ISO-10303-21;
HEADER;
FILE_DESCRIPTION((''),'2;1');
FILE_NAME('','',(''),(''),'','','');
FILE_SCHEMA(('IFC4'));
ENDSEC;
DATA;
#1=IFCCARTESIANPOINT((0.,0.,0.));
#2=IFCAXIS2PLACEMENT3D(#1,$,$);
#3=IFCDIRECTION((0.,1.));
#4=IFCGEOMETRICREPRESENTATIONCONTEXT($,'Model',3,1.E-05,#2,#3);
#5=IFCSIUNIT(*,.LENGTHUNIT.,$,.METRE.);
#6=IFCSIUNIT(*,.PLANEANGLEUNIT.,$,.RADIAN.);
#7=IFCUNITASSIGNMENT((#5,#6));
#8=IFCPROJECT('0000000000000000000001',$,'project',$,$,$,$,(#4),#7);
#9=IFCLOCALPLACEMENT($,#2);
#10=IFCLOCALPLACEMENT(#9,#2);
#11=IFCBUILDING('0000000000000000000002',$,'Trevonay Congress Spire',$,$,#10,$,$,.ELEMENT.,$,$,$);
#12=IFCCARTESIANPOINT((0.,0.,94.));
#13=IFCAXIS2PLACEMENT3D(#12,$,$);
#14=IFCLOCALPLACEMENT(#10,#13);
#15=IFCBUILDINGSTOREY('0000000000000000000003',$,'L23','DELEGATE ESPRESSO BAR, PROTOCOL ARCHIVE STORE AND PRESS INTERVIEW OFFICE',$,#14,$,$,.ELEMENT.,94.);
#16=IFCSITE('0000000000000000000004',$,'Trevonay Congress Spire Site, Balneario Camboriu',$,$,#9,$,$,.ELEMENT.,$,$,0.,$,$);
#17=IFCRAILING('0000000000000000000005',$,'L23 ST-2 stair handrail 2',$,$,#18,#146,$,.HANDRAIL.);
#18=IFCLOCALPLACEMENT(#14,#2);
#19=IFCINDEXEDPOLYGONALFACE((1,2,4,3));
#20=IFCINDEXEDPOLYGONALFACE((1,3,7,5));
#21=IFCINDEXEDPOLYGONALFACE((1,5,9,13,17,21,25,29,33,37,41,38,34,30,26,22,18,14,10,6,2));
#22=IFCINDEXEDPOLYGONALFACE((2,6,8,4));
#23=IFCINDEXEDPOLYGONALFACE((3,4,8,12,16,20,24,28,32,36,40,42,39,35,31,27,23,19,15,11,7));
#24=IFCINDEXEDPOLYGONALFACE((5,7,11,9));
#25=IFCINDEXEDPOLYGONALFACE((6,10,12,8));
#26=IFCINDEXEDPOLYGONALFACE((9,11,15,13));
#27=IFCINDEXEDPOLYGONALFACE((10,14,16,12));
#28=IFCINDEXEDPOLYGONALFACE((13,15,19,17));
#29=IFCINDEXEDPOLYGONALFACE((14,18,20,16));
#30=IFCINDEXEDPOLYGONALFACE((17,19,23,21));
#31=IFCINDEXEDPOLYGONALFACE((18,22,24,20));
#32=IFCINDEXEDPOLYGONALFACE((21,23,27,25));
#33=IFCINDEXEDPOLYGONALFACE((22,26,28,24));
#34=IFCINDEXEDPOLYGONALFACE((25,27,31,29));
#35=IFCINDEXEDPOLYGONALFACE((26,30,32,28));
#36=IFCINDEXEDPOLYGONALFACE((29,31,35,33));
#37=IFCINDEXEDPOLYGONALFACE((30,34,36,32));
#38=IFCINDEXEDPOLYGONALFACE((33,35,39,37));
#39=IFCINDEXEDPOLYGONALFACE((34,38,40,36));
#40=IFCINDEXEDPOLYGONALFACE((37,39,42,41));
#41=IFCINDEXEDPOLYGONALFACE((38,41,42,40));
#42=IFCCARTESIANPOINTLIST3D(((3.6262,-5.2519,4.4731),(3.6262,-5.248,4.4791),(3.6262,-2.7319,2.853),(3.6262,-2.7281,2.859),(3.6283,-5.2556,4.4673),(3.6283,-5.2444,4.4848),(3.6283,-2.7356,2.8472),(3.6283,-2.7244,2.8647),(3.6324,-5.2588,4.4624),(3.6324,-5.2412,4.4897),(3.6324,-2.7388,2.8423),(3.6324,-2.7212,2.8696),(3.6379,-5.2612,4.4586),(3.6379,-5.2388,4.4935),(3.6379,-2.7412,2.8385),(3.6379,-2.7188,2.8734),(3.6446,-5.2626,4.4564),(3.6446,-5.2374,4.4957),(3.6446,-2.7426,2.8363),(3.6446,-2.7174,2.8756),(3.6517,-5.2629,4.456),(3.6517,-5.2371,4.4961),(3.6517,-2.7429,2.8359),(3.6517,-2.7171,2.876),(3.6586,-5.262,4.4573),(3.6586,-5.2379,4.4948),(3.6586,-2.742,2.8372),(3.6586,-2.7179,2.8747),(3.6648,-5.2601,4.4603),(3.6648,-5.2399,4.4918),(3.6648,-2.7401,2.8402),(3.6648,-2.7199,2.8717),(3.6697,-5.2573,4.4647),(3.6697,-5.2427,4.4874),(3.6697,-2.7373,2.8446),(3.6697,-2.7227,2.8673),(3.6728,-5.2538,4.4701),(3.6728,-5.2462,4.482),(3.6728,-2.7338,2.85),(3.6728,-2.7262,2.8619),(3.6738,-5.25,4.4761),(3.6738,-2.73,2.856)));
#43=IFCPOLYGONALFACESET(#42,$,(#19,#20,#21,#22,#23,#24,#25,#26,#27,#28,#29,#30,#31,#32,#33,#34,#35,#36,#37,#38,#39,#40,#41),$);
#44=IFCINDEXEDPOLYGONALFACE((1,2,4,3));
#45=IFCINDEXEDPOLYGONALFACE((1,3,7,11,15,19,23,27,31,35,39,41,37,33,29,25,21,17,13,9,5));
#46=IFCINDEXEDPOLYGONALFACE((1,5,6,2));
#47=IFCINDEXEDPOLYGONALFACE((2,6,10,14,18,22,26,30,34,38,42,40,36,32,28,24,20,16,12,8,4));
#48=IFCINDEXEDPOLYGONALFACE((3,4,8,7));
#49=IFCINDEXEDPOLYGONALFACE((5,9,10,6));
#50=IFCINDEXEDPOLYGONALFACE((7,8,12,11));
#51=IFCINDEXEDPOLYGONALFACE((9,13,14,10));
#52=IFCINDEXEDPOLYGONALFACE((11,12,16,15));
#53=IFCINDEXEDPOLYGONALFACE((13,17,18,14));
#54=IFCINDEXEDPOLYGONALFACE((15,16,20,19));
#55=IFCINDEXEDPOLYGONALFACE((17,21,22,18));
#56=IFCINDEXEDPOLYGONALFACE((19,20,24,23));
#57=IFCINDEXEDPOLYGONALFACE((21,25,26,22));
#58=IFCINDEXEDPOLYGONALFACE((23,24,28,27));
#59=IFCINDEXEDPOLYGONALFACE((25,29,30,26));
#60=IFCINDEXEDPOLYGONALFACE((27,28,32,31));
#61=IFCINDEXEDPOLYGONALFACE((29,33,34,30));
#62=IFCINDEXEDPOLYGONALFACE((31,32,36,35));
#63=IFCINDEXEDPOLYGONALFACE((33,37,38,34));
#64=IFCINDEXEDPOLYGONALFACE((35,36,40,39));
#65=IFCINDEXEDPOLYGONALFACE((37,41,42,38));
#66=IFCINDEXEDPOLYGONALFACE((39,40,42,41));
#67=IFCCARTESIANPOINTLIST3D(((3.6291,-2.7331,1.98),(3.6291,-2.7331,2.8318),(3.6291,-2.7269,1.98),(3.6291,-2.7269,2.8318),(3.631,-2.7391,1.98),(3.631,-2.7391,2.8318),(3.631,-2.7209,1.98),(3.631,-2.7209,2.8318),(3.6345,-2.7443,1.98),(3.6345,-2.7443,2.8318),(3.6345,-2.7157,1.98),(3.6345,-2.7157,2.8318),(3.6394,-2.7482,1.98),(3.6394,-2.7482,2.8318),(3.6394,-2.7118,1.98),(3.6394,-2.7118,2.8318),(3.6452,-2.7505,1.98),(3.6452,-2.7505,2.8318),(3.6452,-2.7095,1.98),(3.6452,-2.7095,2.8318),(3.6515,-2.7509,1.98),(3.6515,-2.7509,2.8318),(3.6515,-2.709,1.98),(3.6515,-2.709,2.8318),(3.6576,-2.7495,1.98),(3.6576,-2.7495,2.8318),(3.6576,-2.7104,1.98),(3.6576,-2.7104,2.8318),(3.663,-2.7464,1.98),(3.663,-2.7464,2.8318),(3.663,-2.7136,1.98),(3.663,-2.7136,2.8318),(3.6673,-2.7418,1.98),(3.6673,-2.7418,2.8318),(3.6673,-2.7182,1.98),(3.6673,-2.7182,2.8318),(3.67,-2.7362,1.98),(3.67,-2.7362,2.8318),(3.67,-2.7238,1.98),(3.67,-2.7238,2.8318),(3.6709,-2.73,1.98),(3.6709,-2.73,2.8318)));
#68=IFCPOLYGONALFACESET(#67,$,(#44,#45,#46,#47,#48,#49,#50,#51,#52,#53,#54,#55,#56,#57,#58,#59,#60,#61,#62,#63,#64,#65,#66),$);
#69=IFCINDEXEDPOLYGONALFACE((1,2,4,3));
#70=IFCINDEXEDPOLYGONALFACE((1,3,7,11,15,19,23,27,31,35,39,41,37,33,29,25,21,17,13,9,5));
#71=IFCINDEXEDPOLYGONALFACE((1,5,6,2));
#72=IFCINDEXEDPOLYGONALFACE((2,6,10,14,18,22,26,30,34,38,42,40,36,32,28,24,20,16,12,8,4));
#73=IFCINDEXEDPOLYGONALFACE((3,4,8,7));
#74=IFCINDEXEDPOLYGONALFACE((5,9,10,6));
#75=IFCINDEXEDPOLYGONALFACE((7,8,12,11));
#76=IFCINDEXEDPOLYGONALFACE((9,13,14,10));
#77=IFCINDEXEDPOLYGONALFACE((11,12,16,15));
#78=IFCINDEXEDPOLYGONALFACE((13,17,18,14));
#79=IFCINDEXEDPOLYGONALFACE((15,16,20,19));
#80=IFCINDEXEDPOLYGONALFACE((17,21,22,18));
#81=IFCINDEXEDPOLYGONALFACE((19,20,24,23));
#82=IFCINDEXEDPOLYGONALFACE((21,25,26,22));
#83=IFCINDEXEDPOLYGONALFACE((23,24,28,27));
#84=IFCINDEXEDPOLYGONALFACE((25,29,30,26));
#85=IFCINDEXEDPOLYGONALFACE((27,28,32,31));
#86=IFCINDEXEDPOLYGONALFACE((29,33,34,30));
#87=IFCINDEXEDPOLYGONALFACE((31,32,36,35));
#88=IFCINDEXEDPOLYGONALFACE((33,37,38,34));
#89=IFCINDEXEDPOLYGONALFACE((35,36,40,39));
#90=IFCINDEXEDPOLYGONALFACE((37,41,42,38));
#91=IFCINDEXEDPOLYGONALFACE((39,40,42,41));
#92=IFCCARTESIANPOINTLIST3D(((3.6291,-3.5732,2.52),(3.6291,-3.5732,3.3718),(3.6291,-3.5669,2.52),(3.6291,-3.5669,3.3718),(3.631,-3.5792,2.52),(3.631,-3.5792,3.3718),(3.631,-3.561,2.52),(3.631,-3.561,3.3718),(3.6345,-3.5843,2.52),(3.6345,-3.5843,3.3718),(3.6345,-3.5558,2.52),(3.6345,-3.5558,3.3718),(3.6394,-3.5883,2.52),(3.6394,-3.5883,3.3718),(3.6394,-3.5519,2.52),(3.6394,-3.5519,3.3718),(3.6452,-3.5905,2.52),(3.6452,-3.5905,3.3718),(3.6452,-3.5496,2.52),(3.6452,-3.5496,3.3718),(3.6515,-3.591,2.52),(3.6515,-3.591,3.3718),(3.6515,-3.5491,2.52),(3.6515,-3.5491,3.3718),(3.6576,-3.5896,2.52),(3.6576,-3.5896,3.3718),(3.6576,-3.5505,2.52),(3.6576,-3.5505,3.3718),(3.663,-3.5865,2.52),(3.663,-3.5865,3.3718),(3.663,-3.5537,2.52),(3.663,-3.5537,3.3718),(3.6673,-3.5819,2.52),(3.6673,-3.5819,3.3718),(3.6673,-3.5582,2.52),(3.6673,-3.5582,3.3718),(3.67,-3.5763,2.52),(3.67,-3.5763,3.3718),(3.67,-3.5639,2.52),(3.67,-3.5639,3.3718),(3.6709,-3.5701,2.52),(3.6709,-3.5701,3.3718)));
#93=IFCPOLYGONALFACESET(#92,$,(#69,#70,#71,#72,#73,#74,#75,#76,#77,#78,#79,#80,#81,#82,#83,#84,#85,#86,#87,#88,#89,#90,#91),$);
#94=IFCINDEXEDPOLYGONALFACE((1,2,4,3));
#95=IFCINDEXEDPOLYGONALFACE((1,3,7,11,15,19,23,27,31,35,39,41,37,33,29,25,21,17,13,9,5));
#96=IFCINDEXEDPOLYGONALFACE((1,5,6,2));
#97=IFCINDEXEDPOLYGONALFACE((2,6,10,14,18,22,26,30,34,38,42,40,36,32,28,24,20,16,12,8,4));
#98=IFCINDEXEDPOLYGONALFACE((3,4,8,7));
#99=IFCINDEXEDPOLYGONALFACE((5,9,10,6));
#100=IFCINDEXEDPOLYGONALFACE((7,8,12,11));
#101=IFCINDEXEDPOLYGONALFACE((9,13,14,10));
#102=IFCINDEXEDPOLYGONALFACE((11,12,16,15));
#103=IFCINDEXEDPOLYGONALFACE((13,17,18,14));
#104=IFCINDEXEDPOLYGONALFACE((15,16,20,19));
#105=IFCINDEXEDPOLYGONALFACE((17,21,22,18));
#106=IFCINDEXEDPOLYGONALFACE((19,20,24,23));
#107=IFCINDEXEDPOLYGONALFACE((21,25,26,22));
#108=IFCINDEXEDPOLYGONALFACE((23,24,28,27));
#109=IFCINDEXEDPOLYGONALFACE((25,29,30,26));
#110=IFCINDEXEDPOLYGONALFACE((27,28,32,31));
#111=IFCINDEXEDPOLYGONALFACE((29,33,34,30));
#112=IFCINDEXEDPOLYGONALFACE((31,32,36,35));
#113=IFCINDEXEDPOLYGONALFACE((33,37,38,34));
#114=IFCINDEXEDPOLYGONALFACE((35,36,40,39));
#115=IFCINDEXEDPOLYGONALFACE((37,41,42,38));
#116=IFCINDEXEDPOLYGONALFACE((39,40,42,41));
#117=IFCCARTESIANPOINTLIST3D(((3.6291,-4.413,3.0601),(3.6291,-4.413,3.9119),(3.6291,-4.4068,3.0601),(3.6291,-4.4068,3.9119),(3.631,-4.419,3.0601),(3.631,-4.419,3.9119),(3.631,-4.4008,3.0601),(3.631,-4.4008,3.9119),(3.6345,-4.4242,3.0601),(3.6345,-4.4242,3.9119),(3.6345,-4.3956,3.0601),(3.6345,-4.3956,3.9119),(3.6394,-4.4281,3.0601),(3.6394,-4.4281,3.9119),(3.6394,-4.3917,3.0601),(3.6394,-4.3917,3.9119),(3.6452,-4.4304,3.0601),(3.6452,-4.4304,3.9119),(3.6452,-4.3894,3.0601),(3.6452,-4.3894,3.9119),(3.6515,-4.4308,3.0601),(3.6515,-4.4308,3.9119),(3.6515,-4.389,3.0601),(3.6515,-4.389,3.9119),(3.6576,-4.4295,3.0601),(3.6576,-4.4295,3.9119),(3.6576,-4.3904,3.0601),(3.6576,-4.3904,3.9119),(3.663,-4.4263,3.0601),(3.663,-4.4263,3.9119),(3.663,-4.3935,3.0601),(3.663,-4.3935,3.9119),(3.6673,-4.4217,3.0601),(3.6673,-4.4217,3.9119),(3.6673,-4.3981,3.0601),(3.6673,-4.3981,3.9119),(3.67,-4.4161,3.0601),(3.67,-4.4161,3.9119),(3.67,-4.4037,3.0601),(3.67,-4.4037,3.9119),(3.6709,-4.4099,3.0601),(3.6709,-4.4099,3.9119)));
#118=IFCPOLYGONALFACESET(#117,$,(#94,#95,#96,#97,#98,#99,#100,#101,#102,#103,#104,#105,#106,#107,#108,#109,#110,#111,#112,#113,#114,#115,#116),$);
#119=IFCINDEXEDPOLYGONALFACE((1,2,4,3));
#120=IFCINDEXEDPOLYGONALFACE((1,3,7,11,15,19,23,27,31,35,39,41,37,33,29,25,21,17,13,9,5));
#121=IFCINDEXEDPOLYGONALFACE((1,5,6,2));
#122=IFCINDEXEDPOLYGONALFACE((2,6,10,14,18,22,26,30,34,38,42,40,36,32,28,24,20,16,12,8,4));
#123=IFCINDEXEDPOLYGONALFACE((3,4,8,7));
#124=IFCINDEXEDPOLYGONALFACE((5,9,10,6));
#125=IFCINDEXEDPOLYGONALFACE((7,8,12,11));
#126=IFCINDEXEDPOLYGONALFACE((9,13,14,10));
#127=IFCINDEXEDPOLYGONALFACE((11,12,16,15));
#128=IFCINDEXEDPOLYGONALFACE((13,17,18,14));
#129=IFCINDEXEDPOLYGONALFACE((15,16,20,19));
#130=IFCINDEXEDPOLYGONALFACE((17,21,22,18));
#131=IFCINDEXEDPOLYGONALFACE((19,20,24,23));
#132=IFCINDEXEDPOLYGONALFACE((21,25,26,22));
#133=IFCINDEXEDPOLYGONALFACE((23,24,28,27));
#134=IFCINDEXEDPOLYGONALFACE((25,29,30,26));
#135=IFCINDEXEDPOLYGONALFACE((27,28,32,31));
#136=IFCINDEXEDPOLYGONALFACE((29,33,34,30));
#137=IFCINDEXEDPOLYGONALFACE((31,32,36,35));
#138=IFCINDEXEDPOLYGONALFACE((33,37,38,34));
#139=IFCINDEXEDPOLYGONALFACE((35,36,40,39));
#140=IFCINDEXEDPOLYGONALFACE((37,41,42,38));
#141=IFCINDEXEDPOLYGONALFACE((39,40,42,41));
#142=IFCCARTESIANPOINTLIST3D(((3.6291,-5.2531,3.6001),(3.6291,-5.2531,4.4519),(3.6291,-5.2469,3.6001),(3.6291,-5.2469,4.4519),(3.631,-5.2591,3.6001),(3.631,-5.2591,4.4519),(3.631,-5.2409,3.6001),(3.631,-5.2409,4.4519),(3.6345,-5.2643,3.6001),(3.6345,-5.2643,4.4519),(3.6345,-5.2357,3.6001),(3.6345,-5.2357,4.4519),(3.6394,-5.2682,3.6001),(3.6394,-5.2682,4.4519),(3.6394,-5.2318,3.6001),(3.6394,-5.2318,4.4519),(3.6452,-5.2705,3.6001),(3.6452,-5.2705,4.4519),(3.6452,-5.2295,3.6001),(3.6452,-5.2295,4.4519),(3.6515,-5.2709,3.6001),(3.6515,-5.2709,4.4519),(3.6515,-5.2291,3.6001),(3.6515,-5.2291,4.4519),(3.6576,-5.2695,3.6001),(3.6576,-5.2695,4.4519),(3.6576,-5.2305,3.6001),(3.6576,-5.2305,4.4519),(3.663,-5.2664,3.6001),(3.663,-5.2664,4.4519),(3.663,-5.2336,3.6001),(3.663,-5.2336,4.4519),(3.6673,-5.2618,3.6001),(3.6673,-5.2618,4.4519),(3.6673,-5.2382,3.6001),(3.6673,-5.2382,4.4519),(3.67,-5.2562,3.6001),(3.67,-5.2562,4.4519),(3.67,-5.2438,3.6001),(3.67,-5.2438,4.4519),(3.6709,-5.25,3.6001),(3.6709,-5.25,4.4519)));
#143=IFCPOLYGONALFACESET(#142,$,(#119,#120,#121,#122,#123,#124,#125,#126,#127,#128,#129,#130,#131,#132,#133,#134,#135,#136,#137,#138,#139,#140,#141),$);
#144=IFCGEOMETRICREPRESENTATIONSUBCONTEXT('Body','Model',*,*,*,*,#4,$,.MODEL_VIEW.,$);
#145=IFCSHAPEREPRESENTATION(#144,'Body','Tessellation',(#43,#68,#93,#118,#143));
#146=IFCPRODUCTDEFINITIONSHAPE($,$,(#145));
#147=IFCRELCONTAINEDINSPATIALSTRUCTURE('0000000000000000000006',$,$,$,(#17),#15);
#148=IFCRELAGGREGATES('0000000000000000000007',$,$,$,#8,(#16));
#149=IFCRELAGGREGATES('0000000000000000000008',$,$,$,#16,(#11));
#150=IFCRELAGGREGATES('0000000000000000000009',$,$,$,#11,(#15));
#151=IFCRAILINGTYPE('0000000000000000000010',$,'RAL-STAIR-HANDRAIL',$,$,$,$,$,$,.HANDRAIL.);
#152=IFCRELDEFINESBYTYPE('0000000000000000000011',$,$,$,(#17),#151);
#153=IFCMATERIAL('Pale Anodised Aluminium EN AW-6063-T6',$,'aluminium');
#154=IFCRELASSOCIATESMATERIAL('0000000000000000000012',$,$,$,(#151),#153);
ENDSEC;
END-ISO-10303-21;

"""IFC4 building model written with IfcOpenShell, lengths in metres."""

from ifc_helpers import new_model, si_unit, direction, frame, origin, origin_2d, place, context, subcontext, project, spatial, circle, extrude, material, type_object, element, save


model = new_model("IFC4")

# Units and contexts
model_context = context("Model", 3, precision=1e-05, world=origin(), true_north=direction((0.0, 1.0)))
body_context = subcontext(model_context, "Body", "Model", "MODEL_VIEW")
ifc_project = project(units=[si_unit("LENGTHUNIT", "METRE"), si_unit("PLANEANGLEUNIT", "RADIAN")], contexts=[model_context])

# Site, building, storey
site_placement = place(None, origin())
site = spatial("IfcSite", under=ifc_project, at=site_placement, Name="Trevonay Congress Spire Site, Balneario Camboriu", CompositionType="ELEMENT", RefElevation=0.0)
building_placement = place(site_placement, origin())
building = spatial("IfcBuilding", under=site, at=building_placement, Name="Trevonay Congress Spire", CompositionType="ELEMENT")
storey_placement = place(building_placement, frame((0.0, 0.0, 94.0)))
storey = spatial("IfcBuildingStorey", under=building, at=storey_placement, Name="L23", Description="DELEGATE ESPRESSO BAR, PROTOCOL ARCHIVE STORE AND PRESS INTERVIEW OFFICE", CompositionType="ELEMENT", Elevation=94.0)

# Shared definitions
ifc_material_1 = material(Name="Pale Anodised Aluminium EN AW-6063-T6", Category="aluminium")

# Railing
railing_type_1 = type_object("IfcRailingType", Name="RAL-STAIR-HANDRAIL", PredefinedType="HANDRAIL", material=ifc_material_1)
railing_1_placement = place(storey_placement, frame((3.6499, -2.73, 1.98)))
element("IfcRailing", 1, at=railing_1_placement, inside=storey, type_object=railing_type_1, Name="L23 ST-2 stair handrail 2", PredefinedType="HANDRAIL", context=body_context, shape_type="SweptSolid", body=[
    extrude(circle(Radius=0.0239, at=origin_2d()), frame((0.0, 0.0, 0.876), z_axis=(0.0, -0.841163, 0.540782), x_axis=(1.0, 0.0, 0.0)), (0.0, 0.0, 1.0), 2.9958),
    extrude(circle(Radius=0.021, at=origin_2d()), origin(), (0.0, 0.0, 1.0), 0.8518),
    extrude(circle(Radius=0.021, at=origin_2d()), frame((0.0, -0.8401, 0.54)), (0.0, 0.0, 1.0), 0.8518),
    extrude(circle(Radius=0.021, at=origin_2d()), frame((0.0, -1.6799, 1.0801)), (0.0, 0.0, 1.0), 0.8518),
    extrude(circle(Radius=0.021, at=origin_2d()), frame((0.0, -2.52, 1.6201)), (0.0, 0.0, 1.0), 0.8518),
])

save(model, "model.ifc")
